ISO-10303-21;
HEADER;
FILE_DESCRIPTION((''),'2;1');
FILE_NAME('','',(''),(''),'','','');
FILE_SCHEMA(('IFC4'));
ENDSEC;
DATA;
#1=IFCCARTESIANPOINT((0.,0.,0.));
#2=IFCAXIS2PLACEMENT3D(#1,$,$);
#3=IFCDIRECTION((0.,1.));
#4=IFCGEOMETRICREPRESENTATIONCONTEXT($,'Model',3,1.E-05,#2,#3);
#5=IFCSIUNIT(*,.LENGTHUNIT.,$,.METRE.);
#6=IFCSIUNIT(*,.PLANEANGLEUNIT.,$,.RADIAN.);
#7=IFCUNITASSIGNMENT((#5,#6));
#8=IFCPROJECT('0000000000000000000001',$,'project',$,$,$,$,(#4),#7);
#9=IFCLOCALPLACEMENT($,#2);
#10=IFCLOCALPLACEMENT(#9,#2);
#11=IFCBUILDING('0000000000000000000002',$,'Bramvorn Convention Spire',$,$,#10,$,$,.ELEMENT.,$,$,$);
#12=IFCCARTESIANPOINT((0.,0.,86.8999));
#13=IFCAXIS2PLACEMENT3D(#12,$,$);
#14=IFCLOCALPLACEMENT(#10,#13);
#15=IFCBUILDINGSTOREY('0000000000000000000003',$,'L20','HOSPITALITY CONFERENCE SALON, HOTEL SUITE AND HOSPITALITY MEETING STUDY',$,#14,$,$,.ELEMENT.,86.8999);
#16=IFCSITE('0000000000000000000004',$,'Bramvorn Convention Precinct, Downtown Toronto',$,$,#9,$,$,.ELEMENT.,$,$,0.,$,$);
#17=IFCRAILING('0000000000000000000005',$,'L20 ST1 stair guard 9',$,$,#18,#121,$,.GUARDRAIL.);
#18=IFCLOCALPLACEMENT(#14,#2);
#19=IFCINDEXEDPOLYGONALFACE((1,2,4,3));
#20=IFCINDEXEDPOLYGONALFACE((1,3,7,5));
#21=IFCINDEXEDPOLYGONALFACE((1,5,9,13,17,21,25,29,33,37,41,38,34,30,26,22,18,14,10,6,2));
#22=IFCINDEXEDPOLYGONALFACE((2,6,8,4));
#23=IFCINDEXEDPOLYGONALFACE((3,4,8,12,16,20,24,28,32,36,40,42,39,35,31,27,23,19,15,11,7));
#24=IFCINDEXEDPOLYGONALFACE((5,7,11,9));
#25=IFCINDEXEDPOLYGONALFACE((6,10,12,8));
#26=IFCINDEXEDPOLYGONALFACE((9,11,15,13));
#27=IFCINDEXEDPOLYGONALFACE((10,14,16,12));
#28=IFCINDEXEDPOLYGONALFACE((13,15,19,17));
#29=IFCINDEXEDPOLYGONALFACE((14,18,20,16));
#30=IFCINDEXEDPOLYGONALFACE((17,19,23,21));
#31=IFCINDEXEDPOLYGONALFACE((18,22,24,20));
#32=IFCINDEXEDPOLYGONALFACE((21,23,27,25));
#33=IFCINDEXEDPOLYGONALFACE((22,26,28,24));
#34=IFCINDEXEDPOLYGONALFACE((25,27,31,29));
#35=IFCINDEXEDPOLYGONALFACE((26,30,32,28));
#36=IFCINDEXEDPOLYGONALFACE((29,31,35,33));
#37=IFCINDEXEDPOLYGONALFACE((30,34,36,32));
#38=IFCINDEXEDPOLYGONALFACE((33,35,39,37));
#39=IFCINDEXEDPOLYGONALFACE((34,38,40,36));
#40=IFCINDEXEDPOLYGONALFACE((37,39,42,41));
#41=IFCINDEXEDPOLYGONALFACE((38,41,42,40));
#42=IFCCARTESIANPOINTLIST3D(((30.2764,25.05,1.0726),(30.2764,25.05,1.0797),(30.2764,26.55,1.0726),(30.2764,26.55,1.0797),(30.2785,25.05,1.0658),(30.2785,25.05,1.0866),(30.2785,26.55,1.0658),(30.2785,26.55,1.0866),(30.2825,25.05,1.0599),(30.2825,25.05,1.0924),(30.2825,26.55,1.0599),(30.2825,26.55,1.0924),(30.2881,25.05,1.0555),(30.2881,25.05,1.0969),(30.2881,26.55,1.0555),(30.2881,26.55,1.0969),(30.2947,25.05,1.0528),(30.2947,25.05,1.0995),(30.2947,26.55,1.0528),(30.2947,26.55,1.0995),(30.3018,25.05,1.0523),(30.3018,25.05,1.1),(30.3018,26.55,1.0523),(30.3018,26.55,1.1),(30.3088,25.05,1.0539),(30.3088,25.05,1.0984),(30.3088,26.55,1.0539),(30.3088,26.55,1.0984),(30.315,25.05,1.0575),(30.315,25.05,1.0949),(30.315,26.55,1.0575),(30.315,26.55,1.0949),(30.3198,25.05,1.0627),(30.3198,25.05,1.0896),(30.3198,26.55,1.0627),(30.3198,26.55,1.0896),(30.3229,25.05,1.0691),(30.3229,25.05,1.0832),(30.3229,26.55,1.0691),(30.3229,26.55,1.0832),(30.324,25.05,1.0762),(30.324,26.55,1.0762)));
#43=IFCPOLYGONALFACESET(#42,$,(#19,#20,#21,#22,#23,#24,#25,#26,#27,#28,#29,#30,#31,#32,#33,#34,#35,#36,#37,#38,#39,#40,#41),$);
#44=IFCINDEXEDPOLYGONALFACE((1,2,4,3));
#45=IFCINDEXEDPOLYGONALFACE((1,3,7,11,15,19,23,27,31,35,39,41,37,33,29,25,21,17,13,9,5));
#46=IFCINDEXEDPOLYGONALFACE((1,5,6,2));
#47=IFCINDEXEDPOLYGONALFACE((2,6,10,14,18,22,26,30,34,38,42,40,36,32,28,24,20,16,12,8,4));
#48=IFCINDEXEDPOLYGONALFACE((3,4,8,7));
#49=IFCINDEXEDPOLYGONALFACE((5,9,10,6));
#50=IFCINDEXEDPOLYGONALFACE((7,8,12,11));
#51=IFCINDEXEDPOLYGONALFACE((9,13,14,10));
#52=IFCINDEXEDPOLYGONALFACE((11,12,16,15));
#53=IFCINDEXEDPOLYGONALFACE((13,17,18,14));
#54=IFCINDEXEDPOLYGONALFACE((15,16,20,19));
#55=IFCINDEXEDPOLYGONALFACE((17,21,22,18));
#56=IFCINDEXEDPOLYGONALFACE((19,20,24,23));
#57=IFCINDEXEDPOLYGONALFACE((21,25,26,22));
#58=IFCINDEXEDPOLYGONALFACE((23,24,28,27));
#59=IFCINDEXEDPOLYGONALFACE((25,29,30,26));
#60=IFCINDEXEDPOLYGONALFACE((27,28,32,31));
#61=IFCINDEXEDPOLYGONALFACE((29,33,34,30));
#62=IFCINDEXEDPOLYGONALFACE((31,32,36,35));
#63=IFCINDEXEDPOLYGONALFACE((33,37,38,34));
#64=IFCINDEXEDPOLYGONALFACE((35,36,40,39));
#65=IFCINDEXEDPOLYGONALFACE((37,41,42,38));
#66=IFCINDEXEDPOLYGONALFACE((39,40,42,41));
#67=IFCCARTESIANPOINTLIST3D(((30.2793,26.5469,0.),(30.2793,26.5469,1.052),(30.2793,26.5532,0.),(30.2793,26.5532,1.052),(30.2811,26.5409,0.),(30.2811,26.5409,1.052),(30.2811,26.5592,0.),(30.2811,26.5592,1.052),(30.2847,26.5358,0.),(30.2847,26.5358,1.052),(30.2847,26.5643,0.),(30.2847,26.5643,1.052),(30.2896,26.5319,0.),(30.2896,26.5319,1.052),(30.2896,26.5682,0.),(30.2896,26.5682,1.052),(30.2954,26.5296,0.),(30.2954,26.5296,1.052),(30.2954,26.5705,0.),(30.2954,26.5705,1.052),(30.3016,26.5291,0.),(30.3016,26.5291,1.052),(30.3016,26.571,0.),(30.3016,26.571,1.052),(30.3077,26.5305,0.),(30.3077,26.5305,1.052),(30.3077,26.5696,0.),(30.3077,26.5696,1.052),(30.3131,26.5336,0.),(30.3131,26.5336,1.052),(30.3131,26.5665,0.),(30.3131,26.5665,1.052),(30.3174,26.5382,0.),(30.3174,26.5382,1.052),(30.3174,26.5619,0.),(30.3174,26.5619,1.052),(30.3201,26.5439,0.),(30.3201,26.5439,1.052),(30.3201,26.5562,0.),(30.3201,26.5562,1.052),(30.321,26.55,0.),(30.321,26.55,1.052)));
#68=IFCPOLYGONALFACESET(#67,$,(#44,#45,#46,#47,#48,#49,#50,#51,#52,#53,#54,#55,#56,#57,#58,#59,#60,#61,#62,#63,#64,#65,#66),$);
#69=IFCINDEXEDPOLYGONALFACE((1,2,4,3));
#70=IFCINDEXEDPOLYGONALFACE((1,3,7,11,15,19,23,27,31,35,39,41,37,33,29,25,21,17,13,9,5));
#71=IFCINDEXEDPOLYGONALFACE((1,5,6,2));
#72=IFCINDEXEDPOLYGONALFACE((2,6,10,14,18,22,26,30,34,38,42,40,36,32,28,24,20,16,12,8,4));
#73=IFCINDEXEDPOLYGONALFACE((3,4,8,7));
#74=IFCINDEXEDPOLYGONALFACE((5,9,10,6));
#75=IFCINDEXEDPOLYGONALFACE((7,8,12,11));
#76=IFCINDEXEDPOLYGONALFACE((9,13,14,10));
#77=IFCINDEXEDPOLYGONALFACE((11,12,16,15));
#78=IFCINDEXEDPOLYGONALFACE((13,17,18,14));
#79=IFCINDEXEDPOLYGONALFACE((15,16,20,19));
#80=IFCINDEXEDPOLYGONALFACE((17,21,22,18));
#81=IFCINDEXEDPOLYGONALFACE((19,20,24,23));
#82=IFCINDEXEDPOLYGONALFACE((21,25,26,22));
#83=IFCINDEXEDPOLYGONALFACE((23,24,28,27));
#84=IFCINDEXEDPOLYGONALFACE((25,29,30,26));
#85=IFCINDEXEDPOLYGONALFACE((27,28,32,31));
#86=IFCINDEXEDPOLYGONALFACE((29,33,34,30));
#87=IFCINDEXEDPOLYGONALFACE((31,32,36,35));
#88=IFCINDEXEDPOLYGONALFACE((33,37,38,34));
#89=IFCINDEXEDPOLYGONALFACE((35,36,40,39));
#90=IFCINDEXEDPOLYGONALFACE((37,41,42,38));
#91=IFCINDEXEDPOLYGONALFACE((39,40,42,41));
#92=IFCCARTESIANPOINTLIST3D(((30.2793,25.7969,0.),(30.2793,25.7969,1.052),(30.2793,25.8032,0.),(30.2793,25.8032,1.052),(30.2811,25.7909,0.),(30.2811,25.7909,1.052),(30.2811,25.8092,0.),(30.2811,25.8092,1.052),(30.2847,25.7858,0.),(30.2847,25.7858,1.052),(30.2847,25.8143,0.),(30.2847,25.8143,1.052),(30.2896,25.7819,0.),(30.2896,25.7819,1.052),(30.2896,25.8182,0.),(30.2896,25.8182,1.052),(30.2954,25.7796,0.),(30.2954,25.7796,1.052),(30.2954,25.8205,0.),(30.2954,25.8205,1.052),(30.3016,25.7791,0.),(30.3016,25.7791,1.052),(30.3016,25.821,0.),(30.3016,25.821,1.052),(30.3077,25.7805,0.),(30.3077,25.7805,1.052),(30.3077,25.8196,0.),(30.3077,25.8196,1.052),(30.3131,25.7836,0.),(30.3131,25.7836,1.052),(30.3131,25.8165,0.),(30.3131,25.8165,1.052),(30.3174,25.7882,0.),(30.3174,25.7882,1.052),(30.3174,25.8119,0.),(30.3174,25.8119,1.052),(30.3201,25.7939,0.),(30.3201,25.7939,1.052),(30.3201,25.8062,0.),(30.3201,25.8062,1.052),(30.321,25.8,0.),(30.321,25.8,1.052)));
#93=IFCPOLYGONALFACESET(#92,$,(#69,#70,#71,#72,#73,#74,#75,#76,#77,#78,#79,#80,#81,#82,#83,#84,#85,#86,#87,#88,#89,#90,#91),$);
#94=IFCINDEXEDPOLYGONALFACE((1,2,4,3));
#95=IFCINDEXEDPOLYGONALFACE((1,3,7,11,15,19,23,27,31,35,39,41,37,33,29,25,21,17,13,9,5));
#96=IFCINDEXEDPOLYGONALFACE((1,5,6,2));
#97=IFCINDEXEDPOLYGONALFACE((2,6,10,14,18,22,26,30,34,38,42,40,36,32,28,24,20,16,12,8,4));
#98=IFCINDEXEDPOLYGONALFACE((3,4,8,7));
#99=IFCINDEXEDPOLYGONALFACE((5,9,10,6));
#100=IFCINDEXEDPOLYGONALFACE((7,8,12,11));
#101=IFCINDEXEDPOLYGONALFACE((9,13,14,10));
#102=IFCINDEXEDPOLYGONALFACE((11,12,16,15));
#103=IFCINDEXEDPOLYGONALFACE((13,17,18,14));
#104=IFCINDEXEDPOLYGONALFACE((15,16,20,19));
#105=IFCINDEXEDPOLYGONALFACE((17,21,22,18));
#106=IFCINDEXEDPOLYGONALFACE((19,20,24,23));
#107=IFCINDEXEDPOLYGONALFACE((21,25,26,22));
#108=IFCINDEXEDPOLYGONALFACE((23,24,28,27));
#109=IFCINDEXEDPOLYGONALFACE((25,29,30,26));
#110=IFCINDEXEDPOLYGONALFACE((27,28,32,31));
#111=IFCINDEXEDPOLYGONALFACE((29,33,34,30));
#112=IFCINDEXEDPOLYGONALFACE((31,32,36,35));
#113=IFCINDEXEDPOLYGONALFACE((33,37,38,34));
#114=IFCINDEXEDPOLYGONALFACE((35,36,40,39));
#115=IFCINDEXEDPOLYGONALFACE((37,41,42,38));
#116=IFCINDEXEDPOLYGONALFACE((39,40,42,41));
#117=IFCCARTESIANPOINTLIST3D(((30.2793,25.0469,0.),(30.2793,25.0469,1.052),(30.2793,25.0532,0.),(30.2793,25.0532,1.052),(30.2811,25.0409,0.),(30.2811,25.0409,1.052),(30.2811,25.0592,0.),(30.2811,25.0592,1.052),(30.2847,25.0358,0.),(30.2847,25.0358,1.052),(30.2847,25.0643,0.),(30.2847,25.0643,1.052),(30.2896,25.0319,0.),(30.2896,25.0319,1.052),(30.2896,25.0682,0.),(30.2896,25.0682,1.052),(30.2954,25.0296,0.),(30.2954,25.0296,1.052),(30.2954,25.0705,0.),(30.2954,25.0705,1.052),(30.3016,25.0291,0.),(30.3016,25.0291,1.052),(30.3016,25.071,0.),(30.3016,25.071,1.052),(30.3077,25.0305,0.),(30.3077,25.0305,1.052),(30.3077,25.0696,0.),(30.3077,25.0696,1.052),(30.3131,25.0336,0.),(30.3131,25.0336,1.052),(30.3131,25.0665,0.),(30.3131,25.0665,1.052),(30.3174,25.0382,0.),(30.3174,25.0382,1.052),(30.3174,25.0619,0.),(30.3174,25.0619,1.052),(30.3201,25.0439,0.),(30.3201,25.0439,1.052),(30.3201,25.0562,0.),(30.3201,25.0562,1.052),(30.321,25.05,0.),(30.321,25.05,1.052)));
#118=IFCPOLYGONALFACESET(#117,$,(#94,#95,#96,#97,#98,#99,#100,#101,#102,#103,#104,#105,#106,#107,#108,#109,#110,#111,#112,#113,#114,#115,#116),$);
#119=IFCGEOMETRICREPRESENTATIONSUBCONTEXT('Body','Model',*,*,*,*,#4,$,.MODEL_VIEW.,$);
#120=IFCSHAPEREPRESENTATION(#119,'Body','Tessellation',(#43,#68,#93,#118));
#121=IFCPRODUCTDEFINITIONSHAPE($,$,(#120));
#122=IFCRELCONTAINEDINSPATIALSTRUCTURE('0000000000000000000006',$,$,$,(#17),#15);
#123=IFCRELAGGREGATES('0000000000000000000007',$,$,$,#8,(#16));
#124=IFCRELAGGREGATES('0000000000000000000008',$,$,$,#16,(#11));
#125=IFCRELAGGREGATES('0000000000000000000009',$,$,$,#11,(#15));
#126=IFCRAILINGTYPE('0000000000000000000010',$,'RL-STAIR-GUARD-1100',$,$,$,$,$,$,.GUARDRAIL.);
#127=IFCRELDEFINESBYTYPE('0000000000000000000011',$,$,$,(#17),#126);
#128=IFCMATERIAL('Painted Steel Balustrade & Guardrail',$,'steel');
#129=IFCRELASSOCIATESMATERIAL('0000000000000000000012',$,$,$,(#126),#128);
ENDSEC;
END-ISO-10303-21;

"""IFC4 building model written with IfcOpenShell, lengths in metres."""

from ifc_helpers import new_model, si_unit, direction, frame, origin, origin_2d, place, context, subcontext, project, spatial, circle, extrude, material, type_object, element, save


model = new_model("IFC4")

# Units and contexts
model_context = context("Model", 3, precision=1e-05, world=origin(), true_north=direction((0.0, 1.0)))
body_context = subcontext(model_context, "Body", "Model", "MODEL_VIEW")
ifc_project = project(units=[si_unit("LENGTHUNIT", "METRE"), si_unit("PLANEANGLEUNIT", "RADIAN")], contexts=[model_context])

# Site, building, storey
site_placement = place(None, origin())
site = spatial("IfcSite", under=ifc_project, at=site_placement, Name="Bramvorn Convention Precinct, Downtown Toronto", CompositionType="ELEMENT", RefElevation=0.0)
building_placement = place(site_placement, origin())
building = spatial("IfcBuilding", under=site, at=building_placement, Name="Bramvorn Convention Spire", CompositionType="ELEMENT")
storey_placement = place(building_placement, frame((0.0, 0.0, 86.8999)))
storey = spatial("IfcBuildingStorey", under=building, at=storey_placement, Name="L20", Description="HOSPITALITY CONFERENCE SALON, HOTEL SUITE AND HOSPITALITY MEETING STUDY", CompositionType="ELEMENT", Elevation=86.8999)

# Railing
ifc_material_1 = material(Name="Painted Steel Balustrade & Guardrail", Category="steel")
railing_type_1 = type_object("IfcRailingType", Name="RL-STAIR-GUARD-1100", PredefinedType="GUARDRAIL", material=ifc_material_1)
for number, where, name in (
    (1, (30.3, 26.55, 0.0), "L20 ST1 stair guard 9"),
):
    element("IfcRailing", number, at=place(storey_placement, frame(where)), inside=storey, type_object=railing_type_1, Name=name, PredefinedType="GUARDRAIL", context=body_context, shape_type="SweptSolid", body=[
        extrude(circle(Radius=0.0239, at=origin_2d()), frame((0.0, 0.0, 1.0762), z_axis=(0.0, -1.0, 0.0), x_axis=(1.0, 0.0, 0.0)), (0.0, 0.0, 1.0), 1.5),
        extrude(circle(Radius=0.021, at=origin_2d()), origin(), (0.0, 0.0, 1.0), 1.052),
        extrude(circle(Radius=0.021, at=origin_2d()), frame((0.0, -0.75, 0.0)), (0.0, 0.0, 1.0), 1.052),
        extrude(circle(Radius=0.021, at=origin_2d()), frame((0.0, -1.5, 0.0)), (0.0, 0.0, 1.0), 1.052),
    ])

save(model, "model.ifc")
